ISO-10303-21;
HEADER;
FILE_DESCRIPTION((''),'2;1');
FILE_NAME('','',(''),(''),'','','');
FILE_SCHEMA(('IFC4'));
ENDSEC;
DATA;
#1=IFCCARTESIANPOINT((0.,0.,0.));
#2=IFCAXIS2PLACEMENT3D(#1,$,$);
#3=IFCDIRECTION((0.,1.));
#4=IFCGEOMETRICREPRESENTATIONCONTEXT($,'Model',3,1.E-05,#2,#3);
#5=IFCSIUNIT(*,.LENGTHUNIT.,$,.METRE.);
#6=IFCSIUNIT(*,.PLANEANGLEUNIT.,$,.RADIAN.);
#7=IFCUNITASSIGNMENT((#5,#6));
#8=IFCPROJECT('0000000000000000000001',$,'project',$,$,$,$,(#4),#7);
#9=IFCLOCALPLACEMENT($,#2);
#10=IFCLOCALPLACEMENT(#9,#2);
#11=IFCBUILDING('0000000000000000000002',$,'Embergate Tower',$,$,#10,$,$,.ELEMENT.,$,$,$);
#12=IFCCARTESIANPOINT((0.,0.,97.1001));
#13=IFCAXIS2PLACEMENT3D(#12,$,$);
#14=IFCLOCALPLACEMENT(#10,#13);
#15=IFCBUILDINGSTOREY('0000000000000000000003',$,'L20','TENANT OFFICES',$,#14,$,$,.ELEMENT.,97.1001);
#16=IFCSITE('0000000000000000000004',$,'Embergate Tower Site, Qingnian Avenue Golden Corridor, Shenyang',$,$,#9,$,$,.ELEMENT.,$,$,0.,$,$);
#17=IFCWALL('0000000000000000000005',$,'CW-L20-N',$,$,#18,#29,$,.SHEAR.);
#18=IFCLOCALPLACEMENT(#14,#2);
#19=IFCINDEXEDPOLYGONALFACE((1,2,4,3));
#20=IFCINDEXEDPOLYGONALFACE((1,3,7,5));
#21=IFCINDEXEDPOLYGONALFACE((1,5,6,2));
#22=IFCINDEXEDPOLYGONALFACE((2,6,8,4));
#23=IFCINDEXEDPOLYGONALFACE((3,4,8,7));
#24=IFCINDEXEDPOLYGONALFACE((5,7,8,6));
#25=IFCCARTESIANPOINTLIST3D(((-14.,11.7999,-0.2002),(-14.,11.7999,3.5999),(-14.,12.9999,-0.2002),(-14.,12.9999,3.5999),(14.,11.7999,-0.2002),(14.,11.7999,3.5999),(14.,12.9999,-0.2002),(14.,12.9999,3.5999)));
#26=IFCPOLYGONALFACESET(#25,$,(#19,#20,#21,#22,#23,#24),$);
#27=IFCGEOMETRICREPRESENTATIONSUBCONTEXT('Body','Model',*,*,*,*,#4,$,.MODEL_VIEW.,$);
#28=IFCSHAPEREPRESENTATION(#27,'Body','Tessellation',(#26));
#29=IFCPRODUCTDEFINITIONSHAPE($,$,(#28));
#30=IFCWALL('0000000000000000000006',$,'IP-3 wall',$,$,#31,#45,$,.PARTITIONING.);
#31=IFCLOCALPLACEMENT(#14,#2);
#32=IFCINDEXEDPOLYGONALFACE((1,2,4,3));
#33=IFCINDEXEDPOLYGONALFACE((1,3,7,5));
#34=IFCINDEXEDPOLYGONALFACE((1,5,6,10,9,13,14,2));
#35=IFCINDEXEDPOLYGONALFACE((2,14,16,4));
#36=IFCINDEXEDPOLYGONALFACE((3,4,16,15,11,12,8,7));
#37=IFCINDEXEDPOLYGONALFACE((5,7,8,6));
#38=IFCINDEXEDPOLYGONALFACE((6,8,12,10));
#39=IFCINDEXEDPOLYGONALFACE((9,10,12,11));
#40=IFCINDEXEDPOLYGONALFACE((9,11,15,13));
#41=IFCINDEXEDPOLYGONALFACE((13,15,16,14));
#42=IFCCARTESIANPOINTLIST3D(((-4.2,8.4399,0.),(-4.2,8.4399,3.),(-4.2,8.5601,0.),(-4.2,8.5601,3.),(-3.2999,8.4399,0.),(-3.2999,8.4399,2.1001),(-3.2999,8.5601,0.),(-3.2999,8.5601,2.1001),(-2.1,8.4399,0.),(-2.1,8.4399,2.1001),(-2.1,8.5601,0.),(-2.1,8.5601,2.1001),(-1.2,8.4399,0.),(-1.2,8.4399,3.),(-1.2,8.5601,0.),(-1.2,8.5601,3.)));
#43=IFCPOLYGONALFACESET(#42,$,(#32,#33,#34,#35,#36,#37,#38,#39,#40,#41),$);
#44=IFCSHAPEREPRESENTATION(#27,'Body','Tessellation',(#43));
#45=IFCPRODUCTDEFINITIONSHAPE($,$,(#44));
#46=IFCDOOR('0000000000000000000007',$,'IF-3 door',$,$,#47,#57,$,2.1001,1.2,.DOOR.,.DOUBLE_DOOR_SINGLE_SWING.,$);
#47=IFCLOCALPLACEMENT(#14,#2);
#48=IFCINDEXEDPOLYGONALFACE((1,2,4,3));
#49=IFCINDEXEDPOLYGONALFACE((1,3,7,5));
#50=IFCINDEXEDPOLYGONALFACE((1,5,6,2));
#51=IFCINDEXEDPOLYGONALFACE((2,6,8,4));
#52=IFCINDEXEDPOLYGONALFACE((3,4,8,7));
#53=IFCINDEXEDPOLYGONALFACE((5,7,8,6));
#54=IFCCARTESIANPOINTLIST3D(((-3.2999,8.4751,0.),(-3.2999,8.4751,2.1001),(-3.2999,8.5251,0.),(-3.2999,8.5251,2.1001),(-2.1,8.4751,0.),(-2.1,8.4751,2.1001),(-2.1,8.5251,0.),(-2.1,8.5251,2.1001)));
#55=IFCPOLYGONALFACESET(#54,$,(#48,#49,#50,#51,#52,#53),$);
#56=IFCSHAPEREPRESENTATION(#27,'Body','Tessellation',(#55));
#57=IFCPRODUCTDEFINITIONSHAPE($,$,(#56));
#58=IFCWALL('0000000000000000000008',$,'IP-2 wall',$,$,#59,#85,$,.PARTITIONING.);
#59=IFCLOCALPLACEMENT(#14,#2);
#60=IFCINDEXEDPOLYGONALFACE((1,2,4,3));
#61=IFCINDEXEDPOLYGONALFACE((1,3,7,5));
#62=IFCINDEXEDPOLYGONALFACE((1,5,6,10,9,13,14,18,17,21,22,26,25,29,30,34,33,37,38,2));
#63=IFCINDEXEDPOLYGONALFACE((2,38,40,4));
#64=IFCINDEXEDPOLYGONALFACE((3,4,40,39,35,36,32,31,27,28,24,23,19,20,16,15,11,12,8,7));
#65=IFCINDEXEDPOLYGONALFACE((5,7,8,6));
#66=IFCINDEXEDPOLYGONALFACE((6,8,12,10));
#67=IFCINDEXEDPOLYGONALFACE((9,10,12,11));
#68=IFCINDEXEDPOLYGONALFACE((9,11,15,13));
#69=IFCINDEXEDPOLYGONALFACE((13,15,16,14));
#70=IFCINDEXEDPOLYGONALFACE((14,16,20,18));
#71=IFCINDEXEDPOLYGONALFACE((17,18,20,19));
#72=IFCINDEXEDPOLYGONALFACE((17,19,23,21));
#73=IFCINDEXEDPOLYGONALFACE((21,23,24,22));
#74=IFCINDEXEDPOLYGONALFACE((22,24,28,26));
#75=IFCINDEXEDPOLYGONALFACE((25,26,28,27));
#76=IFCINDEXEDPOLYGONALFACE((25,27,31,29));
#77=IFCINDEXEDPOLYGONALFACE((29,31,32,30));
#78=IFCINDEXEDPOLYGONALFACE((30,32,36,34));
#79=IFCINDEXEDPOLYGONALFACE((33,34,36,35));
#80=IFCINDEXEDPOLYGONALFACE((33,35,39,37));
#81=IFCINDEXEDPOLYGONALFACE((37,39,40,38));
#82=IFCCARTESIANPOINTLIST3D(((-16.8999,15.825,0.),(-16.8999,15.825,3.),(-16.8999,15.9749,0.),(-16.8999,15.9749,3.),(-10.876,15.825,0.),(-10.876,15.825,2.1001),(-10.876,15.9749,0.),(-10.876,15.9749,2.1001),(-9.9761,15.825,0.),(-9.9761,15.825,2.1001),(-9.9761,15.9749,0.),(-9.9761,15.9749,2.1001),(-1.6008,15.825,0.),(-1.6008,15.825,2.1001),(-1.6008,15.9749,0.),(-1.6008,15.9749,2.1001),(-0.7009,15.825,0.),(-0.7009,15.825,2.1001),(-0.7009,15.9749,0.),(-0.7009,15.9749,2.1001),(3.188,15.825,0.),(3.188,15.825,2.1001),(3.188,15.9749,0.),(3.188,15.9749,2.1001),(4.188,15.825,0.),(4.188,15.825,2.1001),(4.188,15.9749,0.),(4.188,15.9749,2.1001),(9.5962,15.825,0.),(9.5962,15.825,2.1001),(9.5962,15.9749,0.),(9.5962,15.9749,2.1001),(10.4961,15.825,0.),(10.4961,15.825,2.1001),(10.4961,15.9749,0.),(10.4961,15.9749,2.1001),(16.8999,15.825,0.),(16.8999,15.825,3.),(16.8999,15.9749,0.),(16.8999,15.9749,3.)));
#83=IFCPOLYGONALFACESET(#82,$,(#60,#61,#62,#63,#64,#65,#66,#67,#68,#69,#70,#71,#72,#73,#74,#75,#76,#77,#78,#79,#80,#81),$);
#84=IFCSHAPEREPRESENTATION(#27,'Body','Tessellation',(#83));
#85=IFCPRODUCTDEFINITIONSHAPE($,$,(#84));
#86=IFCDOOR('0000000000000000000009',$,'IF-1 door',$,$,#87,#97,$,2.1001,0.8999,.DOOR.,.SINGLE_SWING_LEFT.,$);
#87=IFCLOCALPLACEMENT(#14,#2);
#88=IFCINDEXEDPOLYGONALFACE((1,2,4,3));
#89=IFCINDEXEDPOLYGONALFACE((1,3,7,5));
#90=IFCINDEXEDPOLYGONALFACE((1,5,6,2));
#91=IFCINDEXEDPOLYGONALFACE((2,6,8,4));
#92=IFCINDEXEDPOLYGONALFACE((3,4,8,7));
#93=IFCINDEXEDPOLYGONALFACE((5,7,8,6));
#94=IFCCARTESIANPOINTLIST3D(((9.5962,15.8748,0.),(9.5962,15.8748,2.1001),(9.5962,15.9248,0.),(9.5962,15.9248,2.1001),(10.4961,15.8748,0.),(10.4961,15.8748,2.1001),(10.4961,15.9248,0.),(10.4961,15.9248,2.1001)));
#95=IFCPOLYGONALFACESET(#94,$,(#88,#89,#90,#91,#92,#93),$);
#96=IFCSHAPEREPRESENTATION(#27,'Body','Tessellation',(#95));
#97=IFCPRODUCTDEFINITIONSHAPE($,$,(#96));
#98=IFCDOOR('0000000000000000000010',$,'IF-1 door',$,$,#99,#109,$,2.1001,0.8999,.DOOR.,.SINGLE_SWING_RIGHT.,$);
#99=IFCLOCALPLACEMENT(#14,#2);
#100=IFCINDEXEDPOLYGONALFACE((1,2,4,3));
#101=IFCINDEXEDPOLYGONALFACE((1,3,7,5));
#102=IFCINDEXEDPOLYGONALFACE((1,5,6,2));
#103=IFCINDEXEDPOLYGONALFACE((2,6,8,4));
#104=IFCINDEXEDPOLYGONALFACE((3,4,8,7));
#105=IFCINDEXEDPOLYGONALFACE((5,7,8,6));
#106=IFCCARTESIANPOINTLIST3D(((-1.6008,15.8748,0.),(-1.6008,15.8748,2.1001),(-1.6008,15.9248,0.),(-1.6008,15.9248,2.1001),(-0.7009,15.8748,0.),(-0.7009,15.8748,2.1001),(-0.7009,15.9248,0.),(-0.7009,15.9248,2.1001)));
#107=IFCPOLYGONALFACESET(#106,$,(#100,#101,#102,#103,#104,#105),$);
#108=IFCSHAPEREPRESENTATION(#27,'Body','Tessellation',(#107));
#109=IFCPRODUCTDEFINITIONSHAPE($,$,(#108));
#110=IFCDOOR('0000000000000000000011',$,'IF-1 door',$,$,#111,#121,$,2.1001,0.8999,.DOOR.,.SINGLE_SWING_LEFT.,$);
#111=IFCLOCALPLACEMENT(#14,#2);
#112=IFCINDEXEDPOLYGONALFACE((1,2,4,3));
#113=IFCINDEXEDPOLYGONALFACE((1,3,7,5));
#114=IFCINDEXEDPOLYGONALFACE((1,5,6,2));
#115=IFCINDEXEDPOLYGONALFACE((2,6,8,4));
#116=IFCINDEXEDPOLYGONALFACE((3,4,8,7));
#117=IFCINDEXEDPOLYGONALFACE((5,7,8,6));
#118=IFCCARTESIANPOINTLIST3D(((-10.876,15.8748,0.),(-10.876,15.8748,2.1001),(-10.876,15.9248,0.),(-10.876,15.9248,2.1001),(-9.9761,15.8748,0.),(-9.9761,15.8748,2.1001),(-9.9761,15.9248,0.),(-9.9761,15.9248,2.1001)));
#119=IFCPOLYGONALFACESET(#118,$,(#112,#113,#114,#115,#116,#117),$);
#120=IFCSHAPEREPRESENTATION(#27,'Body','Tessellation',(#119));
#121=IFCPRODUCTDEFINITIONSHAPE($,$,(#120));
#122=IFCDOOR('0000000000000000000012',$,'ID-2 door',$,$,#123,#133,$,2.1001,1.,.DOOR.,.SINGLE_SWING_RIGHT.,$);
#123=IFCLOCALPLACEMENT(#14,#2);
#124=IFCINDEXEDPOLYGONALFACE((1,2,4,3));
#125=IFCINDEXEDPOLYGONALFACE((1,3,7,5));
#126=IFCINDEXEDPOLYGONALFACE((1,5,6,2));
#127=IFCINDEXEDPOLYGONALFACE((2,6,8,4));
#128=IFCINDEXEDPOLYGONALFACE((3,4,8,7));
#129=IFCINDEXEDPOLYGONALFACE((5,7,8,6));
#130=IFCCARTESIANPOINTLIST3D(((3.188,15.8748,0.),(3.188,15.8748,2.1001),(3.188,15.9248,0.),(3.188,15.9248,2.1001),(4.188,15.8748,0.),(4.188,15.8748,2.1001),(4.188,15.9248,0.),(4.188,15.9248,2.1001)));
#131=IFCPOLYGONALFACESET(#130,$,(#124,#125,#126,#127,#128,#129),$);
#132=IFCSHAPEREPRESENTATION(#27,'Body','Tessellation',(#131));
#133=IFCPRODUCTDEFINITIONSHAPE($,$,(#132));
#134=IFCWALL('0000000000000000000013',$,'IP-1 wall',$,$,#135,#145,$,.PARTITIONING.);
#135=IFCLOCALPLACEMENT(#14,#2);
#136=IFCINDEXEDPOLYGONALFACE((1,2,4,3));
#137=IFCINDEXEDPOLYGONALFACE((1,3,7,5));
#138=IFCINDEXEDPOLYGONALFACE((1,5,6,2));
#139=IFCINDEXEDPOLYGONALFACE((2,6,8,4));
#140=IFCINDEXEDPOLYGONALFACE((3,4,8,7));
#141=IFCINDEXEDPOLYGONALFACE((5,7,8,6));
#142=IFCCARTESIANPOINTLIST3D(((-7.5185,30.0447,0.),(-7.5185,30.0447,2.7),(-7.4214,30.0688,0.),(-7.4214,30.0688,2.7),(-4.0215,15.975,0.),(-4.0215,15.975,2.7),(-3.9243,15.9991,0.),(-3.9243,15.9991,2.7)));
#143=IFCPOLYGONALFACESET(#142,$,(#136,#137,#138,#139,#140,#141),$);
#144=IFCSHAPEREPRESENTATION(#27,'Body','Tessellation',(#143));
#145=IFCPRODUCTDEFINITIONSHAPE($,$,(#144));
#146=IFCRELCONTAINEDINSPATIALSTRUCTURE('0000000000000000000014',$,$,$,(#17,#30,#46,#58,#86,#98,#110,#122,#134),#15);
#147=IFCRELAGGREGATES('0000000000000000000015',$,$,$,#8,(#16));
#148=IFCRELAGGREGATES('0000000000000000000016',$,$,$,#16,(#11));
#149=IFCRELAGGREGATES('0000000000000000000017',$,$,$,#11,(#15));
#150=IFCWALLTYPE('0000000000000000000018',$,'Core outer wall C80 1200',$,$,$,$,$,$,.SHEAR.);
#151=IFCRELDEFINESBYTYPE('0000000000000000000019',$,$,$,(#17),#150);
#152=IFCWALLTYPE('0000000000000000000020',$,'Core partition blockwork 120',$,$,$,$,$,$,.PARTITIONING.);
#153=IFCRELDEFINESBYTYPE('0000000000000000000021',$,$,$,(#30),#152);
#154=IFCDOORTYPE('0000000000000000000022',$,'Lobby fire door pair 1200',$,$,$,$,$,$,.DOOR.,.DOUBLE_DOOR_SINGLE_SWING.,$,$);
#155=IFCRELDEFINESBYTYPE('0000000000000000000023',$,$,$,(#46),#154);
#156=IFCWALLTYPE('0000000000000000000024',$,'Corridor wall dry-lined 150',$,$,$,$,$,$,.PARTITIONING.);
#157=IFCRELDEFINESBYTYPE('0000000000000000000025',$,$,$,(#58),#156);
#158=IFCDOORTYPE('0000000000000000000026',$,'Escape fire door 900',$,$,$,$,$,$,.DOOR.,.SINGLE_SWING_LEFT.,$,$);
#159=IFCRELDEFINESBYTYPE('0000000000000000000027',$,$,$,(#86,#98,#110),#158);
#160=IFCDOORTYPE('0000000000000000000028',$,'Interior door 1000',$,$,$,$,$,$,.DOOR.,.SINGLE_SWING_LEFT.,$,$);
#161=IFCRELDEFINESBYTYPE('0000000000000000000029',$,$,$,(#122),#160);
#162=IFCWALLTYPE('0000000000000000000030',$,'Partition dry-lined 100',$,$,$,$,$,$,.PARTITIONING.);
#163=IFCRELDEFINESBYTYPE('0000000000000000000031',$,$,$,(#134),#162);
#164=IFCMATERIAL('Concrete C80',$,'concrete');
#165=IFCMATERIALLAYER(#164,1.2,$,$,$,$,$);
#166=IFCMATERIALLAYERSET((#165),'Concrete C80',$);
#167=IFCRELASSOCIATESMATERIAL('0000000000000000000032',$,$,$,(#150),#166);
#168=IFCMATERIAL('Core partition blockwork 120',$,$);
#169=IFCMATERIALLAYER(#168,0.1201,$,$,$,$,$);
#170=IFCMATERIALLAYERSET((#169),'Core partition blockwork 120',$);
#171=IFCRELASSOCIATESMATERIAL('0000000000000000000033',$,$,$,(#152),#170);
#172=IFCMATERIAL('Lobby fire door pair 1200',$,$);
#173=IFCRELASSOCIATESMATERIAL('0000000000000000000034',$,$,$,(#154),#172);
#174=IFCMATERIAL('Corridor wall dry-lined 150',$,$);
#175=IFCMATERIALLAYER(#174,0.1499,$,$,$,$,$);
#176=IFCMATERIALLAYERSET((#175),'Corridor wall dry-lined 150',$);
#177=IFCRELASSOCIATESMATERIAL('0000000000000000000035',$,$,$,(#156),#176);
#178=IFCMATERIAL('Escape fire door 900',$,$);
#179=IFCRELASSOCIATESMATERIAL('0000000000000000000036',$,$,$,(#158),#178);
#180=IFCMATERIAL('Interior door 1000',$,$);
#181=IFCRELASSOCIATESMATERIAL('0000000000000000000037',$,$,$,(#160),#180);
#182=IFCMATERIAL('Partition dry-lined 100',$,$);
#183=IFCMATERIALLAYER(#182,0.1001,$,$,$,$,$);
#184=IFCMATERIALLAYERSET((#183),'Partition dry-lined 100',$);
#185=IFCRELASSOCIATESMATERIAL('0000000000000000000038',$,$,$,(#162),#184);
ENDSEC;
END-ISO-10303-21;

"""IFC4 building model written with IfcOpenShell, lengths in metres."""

from ifc_helpers import new_model, si_unit, direction, frame, frame_2d, origin, place, context, subcontext, project, spatial, rectangle, extrude, source, transform, mapped, material, layer, layer_set, type_object, element, fill, save


model = new_model("IFC4")

# Units and contexts
model_context = context("Model", 3, precision=1e-05, world=origin(), true_north=direction((0.0, 1.0)))
body_context = subcontext(model_context, "Body", "Model", "MODEL_VIEW")
ifc_project = project(units=[si_unit("LENGTHUNIT", "METRE"), si_unit("PLANEANGLEUNIT", "RADIAN")], contexts=[model_context])

# Site, building, storey
site_placement = place(None, origin())
site = spatial("IfcSite", under=ifc_project, at=site_placement, Name="Embergate Tower Site, Qingnian Avenue Golden Corridor, Shenyang", CompositionType="ELEMENT", RefElevation=0.0)
building_placement = place(site_placement, origin())
building = spatial("IfcBuilding", under=site, at=building_placement, Name="Embergate Tower", CompositionType="ELEMENT")
storey_placement = place(building_placement, frame((0.0, 0.0, 97.1001)))
storey = spatial("IfcBuildingStorey", under=building, at=storey_placement, Name="L20", Description="TENANT OFFICES", CompositionType="ELEMENT", Elevation=97.1001)

# Wall
ifc_material_1 = material(Name="Concrete C80", Category="concrete")
ifc_layer_1 = layer(ifc_material_1, 1.2)
ifc_layer_set_1 = layer_set([ifc_layer_1], Name="Concrete C80")
wall_type_1 = type_object("IfcWallType", Name="Core outer wall C80 1200", PredefinedType="SHEAR", material=ifc_layer_set_1)
shared_shape_1 = source(origin(), body_context, "Body", "SweptSolid", [
    extrude(rectangle(XDim=28.0, YDim=1.2, at=frame_2d((14.0, 0.0))), origin(), (0.0, 0.0, 1.0), 3.8),
])
wall_1_placement = place(storey_placement, frame((-14.0, 12.3999, -0.2002), z_axis=(0.0, 0.0, 1.0), x_axis=(1.0, 0.0, 0.0)))
element("IfcWall", 1, at=wall_1_placement, inside=storey, type_object=wall_type_1, Name="CW-L20-N", PredefinedType="SHEAR", context=body_context, shape_type="MappedRepresentation", body=[
    mapped(shared_shape_1, transform((0.0, 0.0, 0.0))),
])

# Wall, opening, door
ifc_material_2 = material(Name="Core partition blockwork 120")
ifc_layer_2 = layer(ifc_material_2, 0.1201)
ifc_layer_set_2 = layer_set([ifc_layer_2], Name="Core partition blockwork 120")
wall_type_2 = type_object("IfcWallType", Name="Core partition blockwork 120", PredefinedType="PARTITIONING", material=ifc_layer_set_2)
shared_shape_2 = source(origin(), body_context, "Body", "SweptSolid", [
    extrude(rectangle(XDim=3.0, YDim=0.1201, at=frame_2d((1.5, 0.0))), origin(), (0.0, 0.0, 1.0), 3.0),
])
wall_2_placement = place(storey_placement, frame((-1.2, 8.5, 0.0), z_axis=(0.0, 0.0, 1.0), x_axis=(-1.0, 0.0, 0.0)))
wall_2 = element("IfcWall", 2, at=wall_2_placement, inside=storey, type_object=wall_type_2, Name="IP-3 wall", PredefinedType="PARTITIONING", context=body_context, shape_type="MappedRepresentation", body=[
    mapped(shared_shape_2, transform((0.0, 0.0, 0.0))),
])
shared_shape_3 = source(origin(), body_context, "Body", "SweptSolid", [
    extrude(rectangle(XDim=1.2, YDim=2.1001, at=frame_2d((0.6001, 1.05))), frame((0.0, 0.0701, 0.0), z_axis=(0.0, -1.0, 0.0), x_axis=(1.0, 0.0, 0.0)), (0.0, 0.0, 1.0), 0.1401),
])
opening_1_placement = place(wall_2_placement, frame((0.8999, 0.0, 0.0)))
opening_1 = element("IfcOpeningElement", 3, at=opening_1_placement, cuts=wall_2, PredefinedType="OPENING", context=body_context, shape_type="MappedRepresentation", body=[
    mapped(shared_shape_3, transform((0.0, 0.0, 0.0))),
])
ifc_material_3 = material(Name="Lobby fire door pair 1200")
door_type_1 = type_object("IfcDoorType", Name="Lobby fire door pair 1200", OperationType="DOUBLE_DOOR_SINGLE_SWING", PredefinedType="DOOR", material=ifc_material_3)
shared_shape_4 = source(origin(), body_context, "Body", "SweptSolid", [
    extrude(rectangle(XDim=1.2, YDim=2.1001, at=frame_2d((0.6001, 1.05))), frame((0.0, 0.0249, 0.0), z_axis=(0.0, -1.0, 0.0), x_axis=(1.0, 0.0, 0.0)), (0.0, 0.0, 1.0), 0.05),
])
door_1_placement = place(opening_1_placement, origin())
door_1 = element("IfcDoor", 4, at=door_1_placement, inside=storey, type_object=door_type_1, Name="IF-3 door", OperationType="DOUBLE_DOOR_SINGLE_SWING", OverallHeight=2.1001, OverallWidth=1.2, PredefinedType="DOOR", context=body_context, shape_type="MappedRepresentation", body=[
    mapped(shared_shape_4, transform((0.0, 0.0, 0.0))),
])
fill(opening_1, door_1)

# Wall, openings, doors
ifc_material_4 = material(Name="Corridor wall dry-lined 150")
ifc_layer_3 = layer(ifc_material_4, 0.1499)
ifc_layer_set_3 = layer_set([ifc_layer_3], Name="Corridor wall dry-lined 150")
wall_type_3 = type_object("IfcWallType", Name="Corridor wall dry-lined 150", PredefinedType="PARTITIONING", material=ifc_layer_set_3)
shared_shape_5 = source(origin(), body_context, "Body", "SweptSolid", [
    extrude(rectangle(XDim=33.7998, YDim=0.1499, at=frame_2d((16.8999, 0.0))), origin(), (0.0, 0.0, 1.0), 3.0),
])
wall_3_placement = place(storey_placement, frame((-16.8999, 15.8999, 0.0), z_axis=(0.0, 0.0, 1.0), x_axis=(1.0, 0.0, 0.0)))
wall_3 = element("IfcWall", 5, at=wall_3_placement, inside=storey, type_object=wall_type_3, Name="IP-2 wall", PredefinedType="PARTITIONING", context=body_context, shape_type="MappedRepresentation", body=[
    mapped(shared_shape_5, transform((0.0, 0.0, 0.0))),
])
shared_shape_6 = source(origin(), body_context, "Body", "SweptSolid", [
    extrude(rectangle(XDim=0.8999, YDim=2.1001, at=frame_2d((0.45, 1.05))), frame((0.0, 0.085, 0.0), z_axis=(0.0, -1.0, 0.0), x_axis=(1.0, 0.0, 0.0)), (0.0, 0.0, 1.0), 0.1699),
])
opening_2_placement = place(wall_3_placement, frame((26.4961, 0.0, 0.0)))
opening_2 = element("IfcOpeningElement", 6, at=opening_2_placement, cuts=wall_3, PredefinedType="OPENING", context=body_context, shape_type="MappedRepresentation", body=[
    mapped(shared_shape_6, transform((0.0, 0.0, 0.0))),
])
shared_shape_7 = source(origin(), body_context, "Body", "SweptSolid", [
    extrude(rectangle(XDim=1.0, YDim=2.1001, at=frame_2d((0.5, 1.05))), frame((0.0, 0.085, 0.0), z_axis=(0.0, -1.0, 0.0), x_axis=(1.0, 0.0, 0.0)), (0.0, 0.0, 1.0), 0.1699),
])
opening_3_placement = place(wall_3_placement, frame((20.0879, 0.0, 0.0)))
opening_3 = element("IfcOpeningElement", 7, at=opening_3_placement, cuts=wall_3, PredefinedType="OPENING", context=body_context, shape_type="MappedRepresentation", body=[
    mapped(shared_shape_7, transform((0.0, 0.0, 0.0))),
])
opening_4_placement = place(wall_3_placement, frame((15.2991, 0.0, 0.0)))
opening_4 = element("IfcOpeningElement", 8, at=opening_4_placement, cuts=wall_3, PredefinedType="OPENING", context=body_context, shape_type="MappedRepresentation", body=[
    mapped(shared_shape_6, transform((0.0, 0.0, 0.0))),
])
opening_5_placement = place(wall_3_placement, frame((6.0239, 0.0, 0.0)))
opening_5 = element("IfcOpeningElement", 9, at=opening_5_placement, cuts=wall_3, PredefinedType="OPENING", context=body_context, shape_type="MappedRepresentation", body=[
    mapped(shared_shape_6, transform((0.0, 0.0, 0.0))),
])
ifc_material_5 = material(Name="Escape fire door 900")
door_type_2 = type_object("IfcDoorType", Name="Escape fire door 900", OperationType="SINGLE_SWING_LEFT", PredefinedType="DOOR", material=ifc_material_5)
shared_shape_8 = source(origin(), body_context, "Body", "SweptSolid", [
    extrude(rectangle(XDim=0.8999, YDim=2.1001, at=frame_2d((0.45, 1.05))), frame((0.0, 0.0249, 0.0), z_axis=(0.0, -1.0, 0.0), x_axis=(1.0, 0.0, 0.0)), (0.0, 0.0, 1.0), 0.05),
])
door_2_placement = place(opening_2_placement, origin())
door_2 = element("IfcDoor", 10, at=door_2_placement, inside=storey, type_object=door_type_2, Name="IF-1 door", OperationType="SINGLE_SWING_LEFT", OverallHeight=2.1001, OverallWidth=0.8999, PredefinedType="DOOR", context=body_context, shape_type="MappedRepresentation", body=[
    mapped(shared_shape_8, transform((0.0, 0.0, 0.0))),
])
fill(opening_2, door_2)
door_3_placement = place(opening_4_placement, origin())
door_3 = element("IfcDoor", 11, at=door_3_placement, inside=storey, type_object=door_type_2, Name="IF-1 door", OperationType="SINGLE_SWING_RIGHT", OverallHeight=2.1001, OverallWidth=0.8999, PredefinedType="DOOR", context=body_context, shape_type="MappedRepresentation", body=[
    mapped(shared_shape_8, transform((0.0, 0.0, 0.0))),
])
fill(opening_4, door_3)
door_4_placement = place(opening_5_placement, origin())
door_4 = element("IfcDoor", 12, at=door_4_placement, inside=storey, type_object=door_type_2, Name="IF-1 door", OperationType="SINGLE_SWING_LEFT", OverallHeight=2.1001, OverallWidth=0.8999, PredefinedType="DOOR", context=body_context, shape_type="MappedRepresentation", body=[
    mapped(shared_shape_8, transform((0.0, 0.0, 0.0))),
])
fill(opening_5, door_4)
ifc_material_6 = material(Name="Interior door 1000")
door_type_3 = type_object("IfcDoorType", Name="Interior door 1000", OperationType="SINGLE_SWING_LEFT", PredefinedType="DOOR", material=ifc_material_6)
shared_shape_9 = source(origin(), body_context, "Body", "SweptSolid", [
    extrude(rectangle(XDim=1.0, YDim=2.1001, at=frame_2d((0.5, 1.05))), frame((0.0, 0.0249, 0.0), z_axis=(0.0, -1.0, 0.0), x_axis=(1.0, 0.0, 0.0)), (0.0, 0.0, 1.0), 0.05),
])
door_5_placement = place(opening_3_placement, origin())
door_5 = element("IfcDoor", 13, at=door_5_placement, inside=storey, type_object=door_type_3, Name="ID-2 door", OperationType="SINGLE_SWING_RIGHT", OverallHeight=2.1001, OverallWidth=1.0, PredefinedType="DOOR", context=body_context, shape_type="MappedRepresentation", body=[
    mapped(shared_shape_9, transform((0.0, 0.0, 0.0))),
])
fill(opening_3, door_5)

# Wall
ifc_material_7 = material(Name="Partition dry-lined 100")
ifc_layer_4 = layer(ifc_material_7, 0.1001)
ifc_layer_set_4 = layer_set([ifc_layer_4], Name="Partition dry-lined 100")
wall_type_4 = type_object("IfcWallType", Name="Partition dry-lined 100", PredefinedType="PARTITIONING", material=ifc_layer_set_4)
shared_shape_10 = source(origin(), body_context, "Body", "SweptSolid", [
    extrude(rectangle(XDim=14.4978, YDim=0.1001, at=frame_2d((7.249, 0.0))), origin(), (0.0, 0.0, 1.0), 2.7),
])
wall_4_placement = place(storey_placement, frame((-7.47, 30.0569, 0.0), z_axis=(0.0, 0.0, 1.0), x_axis=(0.241212, -0.970472, 0.0)))
element("IfcWall", 14, at=wall_4_placement, inside=storey, type_object=wall_type_4, Name="IP-1 wall", PredefinedType="PARTITIONING", context=body_context, shape_type="MappedRepresentation", body=[
    mapped(shared_shape_10, transform((0.0, 0.0, 0.0))),
])

save(model, "model.ifc")
